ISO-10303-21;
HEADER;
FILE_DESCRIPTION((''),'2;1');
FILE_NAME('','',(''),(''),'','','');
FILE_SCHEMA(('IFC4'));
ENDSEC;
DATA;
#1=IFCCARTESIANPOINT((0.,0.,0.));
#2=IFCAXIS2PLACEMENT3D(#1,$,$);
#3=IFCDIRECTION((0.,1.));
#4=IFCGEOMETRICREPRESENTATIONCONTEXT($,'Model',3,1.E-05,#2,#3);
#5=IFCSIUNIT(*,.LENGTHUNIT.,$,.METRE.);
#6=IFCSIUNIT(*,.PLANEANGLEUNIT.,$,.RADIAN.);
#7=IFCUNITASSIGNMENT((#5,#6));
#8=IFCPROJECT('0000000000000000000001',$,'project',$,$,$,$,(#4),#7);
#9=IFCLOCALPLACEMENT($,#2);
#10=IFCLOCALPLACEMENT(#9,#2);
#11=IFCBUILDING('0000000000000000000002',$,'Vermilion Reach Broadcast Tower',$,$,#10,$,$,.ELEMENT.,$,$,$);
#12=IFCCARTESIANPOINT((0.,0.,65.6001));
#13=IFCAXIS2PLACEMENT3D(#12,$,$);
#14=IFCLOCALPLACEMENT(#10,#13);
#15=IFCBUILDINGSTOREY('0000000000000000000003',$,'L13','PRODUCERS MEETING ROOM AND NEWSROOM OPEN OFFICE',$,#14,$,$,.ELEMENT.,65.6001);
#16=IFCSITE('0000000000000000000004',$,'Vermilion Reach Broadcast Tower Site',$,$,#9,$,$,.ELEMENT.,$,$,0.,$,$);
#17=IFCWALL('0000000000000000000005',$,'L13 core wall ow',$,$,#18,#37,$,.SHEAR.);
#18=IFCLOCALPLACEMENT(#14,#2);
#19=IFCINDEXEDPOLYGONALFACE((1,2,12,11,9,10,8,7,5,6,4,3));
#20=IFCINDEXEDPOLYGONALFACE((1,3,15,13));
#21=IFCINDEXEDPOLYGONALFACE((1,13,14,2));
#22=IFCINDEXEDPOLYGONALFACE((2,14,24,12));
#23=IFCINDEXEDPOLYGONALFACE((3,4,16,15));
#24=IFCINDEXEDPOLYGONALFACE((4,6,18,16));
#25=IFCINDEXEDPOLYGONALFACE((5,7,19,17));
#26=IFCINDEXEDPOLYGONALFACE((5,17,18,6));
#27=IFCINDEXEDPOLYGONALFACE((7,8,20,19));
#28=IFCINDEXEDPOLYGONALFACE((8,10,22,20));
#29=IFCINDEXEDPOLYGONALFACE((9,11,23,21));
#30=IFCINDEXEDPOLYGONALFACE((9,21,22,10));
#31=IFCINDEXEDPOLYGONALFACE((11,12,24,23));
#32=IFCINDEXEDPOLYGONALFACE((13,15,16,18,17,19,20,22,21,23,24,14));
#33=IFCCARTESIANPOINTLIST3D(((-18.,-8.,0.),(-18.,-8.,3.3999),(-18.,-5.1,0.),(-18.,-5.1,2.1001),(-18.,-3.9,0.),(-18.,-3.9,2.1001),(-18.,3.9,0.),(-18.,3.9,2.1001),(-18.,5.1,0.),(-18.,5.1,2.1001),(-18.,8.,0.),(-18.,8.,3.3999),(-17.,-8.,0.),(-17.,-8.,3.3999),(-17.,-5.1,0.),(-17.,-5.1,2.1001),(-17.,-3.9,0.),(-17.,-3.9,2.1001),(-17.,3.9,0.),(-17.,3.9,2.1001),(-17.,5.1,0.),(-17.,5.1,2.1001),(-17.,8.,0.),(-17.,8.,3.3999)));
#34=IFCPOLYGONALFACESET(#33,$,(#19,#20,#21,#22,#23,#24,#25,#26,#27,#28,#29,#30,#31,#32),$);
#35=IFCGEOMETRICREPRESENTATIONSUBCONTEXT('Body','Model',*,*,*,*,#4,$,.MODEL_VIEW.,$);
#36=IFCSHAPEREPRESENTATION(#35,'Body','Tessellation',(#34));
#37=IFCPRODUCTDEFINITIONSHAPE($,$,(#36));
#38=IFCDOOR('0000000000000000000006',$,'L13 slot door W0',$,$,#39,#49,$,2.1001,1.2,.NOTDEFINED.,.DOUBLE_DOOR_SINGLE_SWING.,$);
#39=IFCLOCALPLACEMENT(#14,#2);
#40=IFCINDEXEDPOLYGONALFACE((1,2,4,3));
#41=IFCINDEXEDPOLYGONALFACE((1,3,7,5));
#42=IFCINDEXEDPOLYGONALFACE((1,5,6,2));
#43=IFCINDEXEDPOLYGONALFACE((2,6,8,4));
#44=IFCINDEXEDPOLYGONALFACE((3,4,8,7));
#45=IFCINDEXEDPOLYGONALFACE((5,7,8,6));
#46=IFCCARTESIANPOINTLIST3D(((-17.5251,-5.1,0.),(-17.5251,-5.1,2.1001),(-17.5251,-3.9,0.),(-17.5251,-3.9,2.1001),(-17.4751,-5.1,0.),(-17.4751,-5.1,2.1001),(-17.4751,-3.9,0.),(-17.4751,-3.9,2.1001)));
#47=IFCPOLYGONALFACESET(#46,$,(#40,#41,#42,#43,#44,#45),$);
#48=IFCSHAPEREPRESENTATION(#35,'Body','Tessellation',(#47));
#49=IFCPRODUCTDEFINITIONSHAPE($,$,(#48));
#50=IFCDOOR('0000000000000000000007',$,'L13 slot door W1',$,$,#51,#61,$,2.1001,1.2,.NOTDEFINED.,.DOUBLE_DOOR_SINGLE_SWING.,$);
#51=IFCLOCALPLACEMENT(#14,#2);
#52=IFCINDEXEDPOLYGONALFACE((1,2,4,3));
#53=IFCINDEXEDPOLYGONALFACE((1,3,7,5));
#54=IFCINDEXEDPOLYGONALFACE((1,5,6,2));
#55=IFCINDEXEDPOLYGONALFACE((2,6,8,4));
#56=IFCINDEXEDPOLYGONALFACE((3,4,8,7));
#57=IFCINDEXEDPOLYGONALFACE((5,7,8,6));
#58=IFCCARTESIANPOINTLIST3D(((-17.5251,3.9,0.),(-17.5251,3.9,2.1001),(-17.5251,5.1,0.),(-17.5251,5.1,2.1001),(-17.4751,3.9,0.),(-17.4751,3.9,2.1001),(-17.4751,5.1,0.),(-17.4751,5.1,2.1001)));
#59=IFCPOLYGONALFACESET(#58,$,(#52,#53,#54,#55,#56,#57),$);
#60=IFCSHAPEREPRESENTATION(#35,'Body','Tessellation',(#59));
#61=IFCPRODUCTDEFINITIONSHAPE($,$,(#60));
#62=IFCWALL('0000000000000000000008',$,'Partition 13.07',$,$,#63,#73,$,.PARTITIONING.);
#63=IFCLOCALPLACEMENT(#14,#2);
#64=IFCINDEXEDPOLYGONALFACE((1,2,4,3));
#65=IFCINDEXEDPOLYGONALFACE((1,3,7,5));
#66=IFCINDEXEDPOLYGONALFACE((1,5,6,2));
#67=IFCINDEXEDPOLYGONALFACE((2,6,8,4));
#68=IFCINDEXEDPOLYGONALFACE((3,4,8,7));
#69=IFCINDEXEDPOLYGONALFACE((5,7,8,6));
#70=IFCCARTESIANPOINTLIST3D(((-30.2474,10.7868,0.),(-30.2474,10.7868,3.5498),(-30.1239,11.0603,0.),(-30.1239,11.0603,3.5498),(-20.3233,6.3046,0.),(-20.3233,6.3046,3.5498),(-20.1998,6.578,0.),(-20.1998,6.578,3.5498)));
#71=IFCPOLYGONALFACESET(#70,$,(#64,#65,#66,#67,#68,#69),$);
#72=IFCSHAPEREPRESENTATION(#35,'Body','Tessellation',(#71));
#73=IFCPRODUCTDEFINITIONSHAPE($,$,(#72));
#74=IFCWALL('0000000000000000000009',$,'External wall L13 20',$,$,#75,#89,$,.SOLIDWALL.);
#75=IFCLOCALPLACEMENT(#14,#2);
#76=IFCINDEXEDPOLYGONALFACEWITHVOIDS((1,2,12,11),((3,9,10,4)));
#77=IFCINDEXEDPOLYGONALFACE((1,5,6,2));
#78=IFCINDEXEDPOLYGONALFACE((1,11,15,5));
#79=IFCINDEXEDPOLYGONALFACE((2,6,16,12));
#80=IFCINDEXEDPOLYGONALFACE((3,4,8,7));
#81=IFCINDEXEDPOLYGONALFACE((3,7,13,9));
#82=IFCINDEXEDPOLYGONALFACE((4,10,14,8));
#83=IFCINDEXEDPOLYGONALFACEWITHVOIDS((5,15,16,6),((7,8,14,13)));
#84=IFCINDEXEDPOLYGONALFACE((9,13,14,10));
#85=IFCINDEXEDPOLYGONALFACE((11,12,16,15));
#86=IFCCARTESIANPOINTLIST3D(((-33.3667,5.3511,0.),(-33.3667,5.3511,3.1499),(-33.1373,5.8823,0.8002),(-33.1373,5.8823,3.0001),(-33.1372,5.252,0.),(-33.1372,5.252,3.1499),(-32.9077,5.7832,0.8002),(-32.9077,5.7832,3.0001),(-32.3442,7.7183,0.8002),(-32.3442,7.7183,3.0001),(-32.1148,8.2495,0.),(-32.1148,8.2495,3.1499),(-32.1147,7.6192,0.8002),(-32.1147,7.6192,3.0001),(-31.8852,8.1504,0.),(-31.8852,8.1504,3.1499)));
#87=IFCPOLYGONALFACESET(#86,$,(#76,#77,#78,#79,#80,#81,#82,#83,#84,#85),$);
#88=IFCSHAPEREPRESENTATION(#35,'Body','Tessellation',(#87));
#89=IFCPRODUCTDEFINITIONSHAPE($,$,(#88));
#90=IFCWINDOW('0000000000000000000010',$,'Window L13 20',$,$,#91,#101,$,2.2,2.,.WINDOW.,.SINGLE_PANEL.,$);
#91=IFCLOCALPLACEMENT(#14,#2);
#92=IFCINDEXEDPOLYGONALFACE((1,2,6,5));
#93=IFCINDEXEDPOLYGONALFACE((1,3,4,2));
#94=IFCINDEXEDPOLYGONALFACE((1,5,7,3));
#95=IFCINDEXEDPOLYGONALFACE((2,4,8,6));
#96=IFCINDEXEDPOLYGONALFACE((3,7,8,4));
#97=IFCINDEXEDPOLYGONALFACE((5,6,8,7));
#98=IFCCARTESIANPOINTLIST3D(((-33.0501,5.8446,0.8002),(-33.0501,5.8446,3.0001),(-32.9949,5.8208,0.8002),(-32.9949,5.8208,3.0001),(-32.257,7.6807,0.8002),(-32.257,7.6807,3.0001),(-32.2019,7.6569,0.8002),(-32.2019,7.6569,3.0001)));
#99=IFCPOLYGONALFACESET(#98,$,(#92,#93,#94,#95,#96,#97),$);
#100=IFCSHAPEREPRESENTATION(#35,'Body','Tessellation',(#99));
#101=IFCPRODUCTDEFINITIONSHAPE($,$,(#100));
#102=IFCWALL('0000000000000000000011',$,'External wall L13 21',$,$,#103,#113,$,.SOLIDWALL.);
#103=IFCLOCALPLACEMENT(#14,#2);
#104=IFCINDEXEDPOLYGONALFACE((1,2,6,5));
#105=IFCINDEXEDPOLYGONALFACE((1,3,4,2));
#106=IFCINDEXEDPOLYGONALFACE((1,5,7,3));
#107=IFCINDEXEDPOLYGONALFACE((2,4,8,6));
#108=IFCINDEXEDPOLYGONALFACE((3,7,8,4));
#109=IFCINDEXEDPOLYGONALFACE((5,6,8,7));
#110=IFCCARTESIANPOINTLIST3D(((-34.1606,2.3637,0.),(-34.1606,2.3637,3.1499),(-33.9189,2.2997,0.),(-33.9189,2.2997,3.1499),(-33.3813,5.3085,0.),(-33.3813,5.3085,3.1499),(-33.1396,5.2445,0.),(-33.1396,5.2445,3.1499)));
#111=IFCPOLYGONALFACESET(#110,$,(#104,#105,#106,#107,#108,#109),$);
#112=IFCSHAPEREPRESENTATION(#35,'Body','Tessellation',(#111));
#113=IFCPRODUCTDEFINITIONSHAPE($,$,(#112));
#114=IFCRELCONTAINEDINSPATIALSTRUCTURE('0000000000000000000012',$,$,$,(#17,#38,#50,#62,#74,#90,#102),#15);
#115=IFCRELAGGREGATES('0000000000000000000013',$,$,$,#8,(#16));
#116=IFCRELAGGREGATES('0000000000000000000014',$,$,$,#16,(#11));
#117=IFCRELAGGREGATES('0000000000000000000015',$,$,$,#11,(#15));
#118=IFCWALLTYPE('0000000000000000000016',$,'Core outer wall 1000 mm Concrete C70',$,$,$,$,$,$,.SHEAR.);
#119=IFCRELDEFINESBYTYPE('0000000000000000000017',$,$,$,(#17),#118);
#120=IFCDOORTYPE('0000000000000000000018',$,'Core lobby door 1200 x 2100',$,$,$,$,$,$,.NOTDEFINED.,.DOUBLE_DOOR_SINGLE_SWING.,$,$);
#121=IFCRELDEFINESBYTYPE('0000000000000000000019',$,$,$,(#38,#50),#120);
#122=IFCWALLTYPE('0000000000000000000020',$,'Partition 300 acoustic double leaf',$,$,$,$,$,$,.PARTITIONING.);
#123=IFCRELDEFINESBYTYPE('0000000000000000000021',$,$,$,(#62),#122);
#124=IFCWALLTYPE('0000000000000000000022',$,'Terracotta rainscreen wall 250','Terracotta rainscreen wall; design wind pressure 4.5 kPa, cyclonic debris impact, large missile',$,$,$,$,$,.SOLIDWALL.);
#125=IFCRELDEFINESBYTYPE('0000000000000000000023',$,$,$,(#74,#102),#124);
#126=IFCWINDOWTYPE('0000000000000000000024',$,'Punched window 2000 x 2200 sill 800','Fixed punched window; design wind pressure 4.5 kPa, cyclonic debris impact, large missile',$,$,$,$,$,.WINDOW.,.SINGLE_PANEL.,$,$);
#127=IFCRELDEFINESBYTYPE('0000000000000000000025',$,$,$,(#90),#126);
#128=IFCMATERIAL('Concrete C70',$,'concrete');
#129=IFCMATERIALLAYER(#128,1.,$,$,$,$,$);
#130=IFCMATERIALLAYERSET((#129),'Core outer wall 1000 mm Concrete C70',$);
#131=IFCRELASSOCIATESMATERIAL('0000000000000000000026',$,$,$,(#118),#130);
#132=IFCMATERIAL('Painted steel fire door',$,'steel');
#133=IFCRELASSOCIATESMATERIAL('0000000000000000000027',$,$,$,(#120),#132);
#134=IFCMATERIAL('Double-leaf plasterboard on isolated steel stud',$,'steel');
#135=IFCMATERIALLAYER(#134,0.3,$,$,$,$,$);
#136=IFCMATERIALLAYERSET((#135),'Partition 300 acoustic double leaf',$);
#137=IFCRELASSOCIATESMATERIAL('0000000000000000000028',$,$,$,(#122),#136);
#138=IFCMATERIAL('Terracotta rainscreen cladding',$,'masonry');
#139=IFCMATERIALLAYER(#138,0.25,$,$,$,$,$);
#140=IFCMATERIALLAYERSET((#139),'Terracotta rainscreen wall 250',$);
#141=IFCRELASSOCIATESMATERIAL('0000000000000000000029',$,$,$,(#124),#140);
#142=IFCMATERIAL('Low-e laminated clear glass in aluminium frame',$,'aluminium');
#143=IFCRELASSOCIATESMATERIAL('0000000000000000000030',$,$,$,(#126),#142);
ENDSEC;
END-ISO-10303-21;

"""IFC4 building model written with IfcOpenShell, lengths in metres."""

from ifc_helpers import new_model, si_unit, direction, frame, frame_2d, origin, place, context, subcontext, project, spatial, rectangle, extrude, material, layer, layer_set, type_object, element, fill, save


model = new_model("IFC4")

# Units and contexts
model_context = context("Model", 3, precision=1e-05, world=origin(), true_north=direction((0.0, 1.0)))
body_context = subcontext(model_context, "Body", "Model", "MODEL_VIEW")
ifc_project = project(units=[si_unit("LENGTHUNIT", "METRE"), si_unit("PLANEANGLEUNIT", "RADIAN")], contexts=[model_context])

# Site, building, storey
site_placement = place(None, origin())
site = spatial("IfcSite", under=ifc_project, at=site_placement, Name="Vermilion Reach Broadcast Tower Site", CompositionType="ELEMENT", RefElevation=0.0)
building_placement = place(site_placement, origin())
building = spatial("IfcBuilding", under=site, at=building_placement, Name="Vermilion Reach Broadcast Tower", CompositionType="ELEMENT")
storey_placement = place(building_placement, frame((0.0, 0.0, 65.6001)))
storey = spatial("IfcBuildingStorey", under=building, at=storey_placement, Name="L13", Description="PRODUCERS MEETING ROOM AND NEWSROOM OPEN OFFICE", CompositionType="ELEMENT", Elevation=65.6001)

# Wall, openings, doors
ifc_material_1 = material(Name="Concrete C70", Category="concrete")
ifc_layer_1 = layer(ifc_material_1, 1.0)
ifc_layer_set_1 = layer_set([ifc_layer_1], Name="Core outer wall 1000 mm Concrete C70")
wall_type_1 = type_object("IfcWallType", Name="Core outer wall 1000 mm Concrete C70", PredefinedType="SHEAR", material=ifc_layer_set_1)
wall_1_placement = place(storey_placement, frame((-17.5, 8.0, 0.0), z_axis=(0.0, 0.0, 1.0), x_axis=(0.0, -1.0, 0.0)))
wall_1 = element("IfcWall", 1, at=wall_1_placement, inside=storey, type_object=wall_type_1, Name="L13 core wall ow", PredefinedType="SHEAR", context=body_context, shape_type="SweptSolid", body=[
    extrude(rectangle(XDim=16.0, YDim=1.0, at=frame_2d((8.0, 0.0))), origin(), (0.0, 0.0, 1.0), 3.3999),
])
opening_1_placement = place(wall_1_placement, frame((11.8999, 0.0, 0.0)))
opening_1 = element("IfcOpeningElement", 2, at=opening_1_placement, cuts=wall_1, PredefinedType="OPENING", context=body_context, shape_type="SweptSolid", body=[
    extrude(rectangle(XDim=1.2, YDim=2.1001, at=frame_2d((0.6001, 1.05))), frame((0.0, 0.51, 0.0), z_axis=(0.0, -1.0, 0.0), x_axis=(1.0, 0.0, 0.0)), (0.0, 0.0, 1.0), 1.02),
])
opening_2_placement = place(wall_1_placement, frame((2.8999, 0.0, 0.0)))
opening_2 = element("IfcOpeningElement", 3, at=opening_2_placement, cuts=wall_1, PredefinedType="OPENING", context=body_context, shape_type="SweptSolid", body=[
    extrude(rectangle(XDim=1.2, YDim=2.1001, at=frame_2d((0.6001, 1.05))), frame((0.0, 0.51, 0.0), z_axis=(0.0, -1.0, 0.0), x_axis=(1.0, 0.0, 0.0)), (0.0, 0.0, 1.0), 1.02),
])
ifc_material_2 = material(Name="Painted steel fire door", Category="steel")
door_type_1 = type_object("IfcDoorType", Name="Core lobby door 1200 x 2100", OperationType="DOUBLE_DOOR_SINGLE_SWING", PredefinedType="NOTDEFINED", material=ifc_material_2)
door_1_placement = place(opening_1_placement, origin())
door_1 = element("IfcDoor", 4, at=door_1_placement, inside=storey, type_object=door_type_1, Name="L13 slot door W0", OperationType="DOUBLE_DOOR_SINGLE_SWING", OverallHeight=2.1001, OverallWidth=1.2, PredefinedType="NOTDEFINED", context=body_context, shape_type="SweptSolid", body=[
    extrude(rectangle(XDim=1.2, YDim=2.1001, at=frame_2d((0.6001, 1.05))), frame((0.0, 0.0249, 0.0), z_axis=(0.0, -1.0, 0.0), x_axis=(1.0, 0.0, 0.0)), (0.0, 0.0, 1.0), 0.05),
])
fill(opening_1, door_1)
door_2_placement = place(opening_2_placement, origin())
door_2 = element("IfcDoor", 5, at=door_2_placement, inside=storey, type_object=door_type_1, Name="L13 slot door W1", OperationType="DOUBLE_DOOR_SINGLE_SWING", OverallHeight=2.1001, OverallWidth=1.2, PredefinedType="NOTDEFINED", context=body_context, shape_type="SweptSolid", body=[
    extrude(rectangle(XDim=1.2, YDim=2.1001, at=frame_2d((0.6001, 1.05))), frame((0.0, 0.0249, 0.0), z_axis=(0.0, -1.0, 0.0), x_axis=(1.0, 0.0, 0.0)), (0.0, 0.0, 1.0), 0.05),
])
fill(opening_2, door_2)

# Wall
ifc_material_3 = material(Name="Double-leaf plasterboard on isolated steel stud", Category="steel")
ifc_layer_2 = layer(ifc_material_3, 0.3)
ifc_layer_set_2 = layer_set([ifc_layer_2], Name="Partition 300 acoustic double leaf")
wall_type_2 = type_object("IfcWallType", Name="Partition 300 acoustic double leaf", PredefinedType="PARTITIONING", material=ifc_layer_set_2)
wall_2_placement = place(storey_placement, frame((-30.1858, 10.9236, 0.0), z_axis=(0.0, 0.0, 1.0), x_axis=(0.911359, -0.411613, 0.0)))
element("IfcWall", 6, at=wall_2_placement, inside=storey, type_object=wall_type_2, Name="Partition 13.07", PredefinedType="PARTITIONING", context=body_context, shape_type="SweptSolid", body=[
    extrude(rectangle(XDim=10.8894, YDim=0.3, at=frame_2d((5.4448, 0.0))), origin(), (0.0, 0.0, 1.0), 3.5498),
])

# Shared definitions
ifc_material_4 = material(Name="Terracotta rainscreen cladding", Category="masonry")
ifc_layer_3 = layer(ifc_material_4, 0.25)
ifc_layer_set_3 = layer_set([ifc_layer_3], Name="Terracotta rainscreen wall 250")
wall_type_3 = type_object("IfcWallType", Name="Terracotta rainscreen wall 250", Description="Terracotta rainscreen wall; design wind pressure 4.5 kPa, cyclonic debris impact, large missile", PredefinedType="SOLIDWALL", material=ifc_layer_set_3)

# Wall, opening, window
wall_3_placement = place(storey_placement, frame((-32.0, 8.2, 0.0), z_axis=(0.0, 0.0, 1.0), x_axis=(-0.396531, -0.918021, 0.0)))
wall_3 = element("IfcWall", 7, at=wall_3_placement, inside=storey, type_object=wall_type_3, Name="External wall L13 20", PredefinedType="SOLIDWALL", context=body_context, shape_type="SweptSolid", body=[
    extrude(rectangle(XDim=3.1572, YDim=0.25, at=frame_2d((1.5786, 0.0))), origin(), (0.0, 0.0, 1.0), 3.1499),
])
opening_3_placement = place(wall_3_placement, frame((0.5786, 0.0, 0.8)))
opening_3 = element("IfcOpeningElement", 8, at=opening_3_placement, cuts=wall_3, PredefinedType="OPENING", context=body_context, shape_type="SweptSolid", body=[
    extrude(rectangle(XDim=2.0, YDim=2.2, at=frame_2d((1.0, 1.1001))), frame((0.0, 0.135, 0.0), z_axis=(0.0, -1.0, 0.0), x_axis=(1.0, 0.0, 0.0)), (0.0, 0.0, 1.0), 0.27),
])
ifc_material_5 = material(Name="Low-e laminated clear glass in aluminium frame", Category="aluminium")
window_type = type_object("IfcWindowType", Name="Punched window 2000 x 2200 sill 800", Description="Fixed punched window; design wind pressure 4.5 kPa, cyclonic debris impact, large missile", PartitioningType="SINGLE_PANEL", PredefinedType="WINDOW", material=ifc_material_5)
window_placement = place(opening_3_placement, origin())
window = element("IfcWindow", 9, at=window_placement, inside=storey, type_object=window_type, Name="Window L13 20", OverallHeight=2.2, OverallWidth=2.0, PartitioningType="SINGLE_PANEL", PredefinedType="WINDOW", context=body_context, shape_type="SweptSolid", body=[
    extrude(rectangle(XDim=2.0, YDim=2.2, at=frame_2d((1.0, 1.1001))), frame((0.0, 0.03, 0.0), z_axis=(0.0, -1.0, 0.0), x_axis=(1.0, 0.0, 0.0)), (0.0, 0.0, 1.0), 0.0601),
])
fill(opening_3, window)

# Wall
wall_4_placement = place(storey_placement, frame((-33.2605, 5.2764, 0.0), z_axis=(0.0, 0.0, 1.0), x_axis=(-0.255826, -0.966723, 0.0)))
element("IfcWall", 10, at=wall_4_placement, inside=storey, type_object=wall_type_3, Name="External wall L13 21", PredefinedType="SOLIDWALL", context=body_context, shape_type="SweptSolid", body=[
    extrude(rectangle(XDim=3.0461, YDim=0.25, at=frame_2d((1.5229, 0.0))), origin(), (0.0, 0.0, 1.0), 3.1499),
])

save(model, "model.ifc")
